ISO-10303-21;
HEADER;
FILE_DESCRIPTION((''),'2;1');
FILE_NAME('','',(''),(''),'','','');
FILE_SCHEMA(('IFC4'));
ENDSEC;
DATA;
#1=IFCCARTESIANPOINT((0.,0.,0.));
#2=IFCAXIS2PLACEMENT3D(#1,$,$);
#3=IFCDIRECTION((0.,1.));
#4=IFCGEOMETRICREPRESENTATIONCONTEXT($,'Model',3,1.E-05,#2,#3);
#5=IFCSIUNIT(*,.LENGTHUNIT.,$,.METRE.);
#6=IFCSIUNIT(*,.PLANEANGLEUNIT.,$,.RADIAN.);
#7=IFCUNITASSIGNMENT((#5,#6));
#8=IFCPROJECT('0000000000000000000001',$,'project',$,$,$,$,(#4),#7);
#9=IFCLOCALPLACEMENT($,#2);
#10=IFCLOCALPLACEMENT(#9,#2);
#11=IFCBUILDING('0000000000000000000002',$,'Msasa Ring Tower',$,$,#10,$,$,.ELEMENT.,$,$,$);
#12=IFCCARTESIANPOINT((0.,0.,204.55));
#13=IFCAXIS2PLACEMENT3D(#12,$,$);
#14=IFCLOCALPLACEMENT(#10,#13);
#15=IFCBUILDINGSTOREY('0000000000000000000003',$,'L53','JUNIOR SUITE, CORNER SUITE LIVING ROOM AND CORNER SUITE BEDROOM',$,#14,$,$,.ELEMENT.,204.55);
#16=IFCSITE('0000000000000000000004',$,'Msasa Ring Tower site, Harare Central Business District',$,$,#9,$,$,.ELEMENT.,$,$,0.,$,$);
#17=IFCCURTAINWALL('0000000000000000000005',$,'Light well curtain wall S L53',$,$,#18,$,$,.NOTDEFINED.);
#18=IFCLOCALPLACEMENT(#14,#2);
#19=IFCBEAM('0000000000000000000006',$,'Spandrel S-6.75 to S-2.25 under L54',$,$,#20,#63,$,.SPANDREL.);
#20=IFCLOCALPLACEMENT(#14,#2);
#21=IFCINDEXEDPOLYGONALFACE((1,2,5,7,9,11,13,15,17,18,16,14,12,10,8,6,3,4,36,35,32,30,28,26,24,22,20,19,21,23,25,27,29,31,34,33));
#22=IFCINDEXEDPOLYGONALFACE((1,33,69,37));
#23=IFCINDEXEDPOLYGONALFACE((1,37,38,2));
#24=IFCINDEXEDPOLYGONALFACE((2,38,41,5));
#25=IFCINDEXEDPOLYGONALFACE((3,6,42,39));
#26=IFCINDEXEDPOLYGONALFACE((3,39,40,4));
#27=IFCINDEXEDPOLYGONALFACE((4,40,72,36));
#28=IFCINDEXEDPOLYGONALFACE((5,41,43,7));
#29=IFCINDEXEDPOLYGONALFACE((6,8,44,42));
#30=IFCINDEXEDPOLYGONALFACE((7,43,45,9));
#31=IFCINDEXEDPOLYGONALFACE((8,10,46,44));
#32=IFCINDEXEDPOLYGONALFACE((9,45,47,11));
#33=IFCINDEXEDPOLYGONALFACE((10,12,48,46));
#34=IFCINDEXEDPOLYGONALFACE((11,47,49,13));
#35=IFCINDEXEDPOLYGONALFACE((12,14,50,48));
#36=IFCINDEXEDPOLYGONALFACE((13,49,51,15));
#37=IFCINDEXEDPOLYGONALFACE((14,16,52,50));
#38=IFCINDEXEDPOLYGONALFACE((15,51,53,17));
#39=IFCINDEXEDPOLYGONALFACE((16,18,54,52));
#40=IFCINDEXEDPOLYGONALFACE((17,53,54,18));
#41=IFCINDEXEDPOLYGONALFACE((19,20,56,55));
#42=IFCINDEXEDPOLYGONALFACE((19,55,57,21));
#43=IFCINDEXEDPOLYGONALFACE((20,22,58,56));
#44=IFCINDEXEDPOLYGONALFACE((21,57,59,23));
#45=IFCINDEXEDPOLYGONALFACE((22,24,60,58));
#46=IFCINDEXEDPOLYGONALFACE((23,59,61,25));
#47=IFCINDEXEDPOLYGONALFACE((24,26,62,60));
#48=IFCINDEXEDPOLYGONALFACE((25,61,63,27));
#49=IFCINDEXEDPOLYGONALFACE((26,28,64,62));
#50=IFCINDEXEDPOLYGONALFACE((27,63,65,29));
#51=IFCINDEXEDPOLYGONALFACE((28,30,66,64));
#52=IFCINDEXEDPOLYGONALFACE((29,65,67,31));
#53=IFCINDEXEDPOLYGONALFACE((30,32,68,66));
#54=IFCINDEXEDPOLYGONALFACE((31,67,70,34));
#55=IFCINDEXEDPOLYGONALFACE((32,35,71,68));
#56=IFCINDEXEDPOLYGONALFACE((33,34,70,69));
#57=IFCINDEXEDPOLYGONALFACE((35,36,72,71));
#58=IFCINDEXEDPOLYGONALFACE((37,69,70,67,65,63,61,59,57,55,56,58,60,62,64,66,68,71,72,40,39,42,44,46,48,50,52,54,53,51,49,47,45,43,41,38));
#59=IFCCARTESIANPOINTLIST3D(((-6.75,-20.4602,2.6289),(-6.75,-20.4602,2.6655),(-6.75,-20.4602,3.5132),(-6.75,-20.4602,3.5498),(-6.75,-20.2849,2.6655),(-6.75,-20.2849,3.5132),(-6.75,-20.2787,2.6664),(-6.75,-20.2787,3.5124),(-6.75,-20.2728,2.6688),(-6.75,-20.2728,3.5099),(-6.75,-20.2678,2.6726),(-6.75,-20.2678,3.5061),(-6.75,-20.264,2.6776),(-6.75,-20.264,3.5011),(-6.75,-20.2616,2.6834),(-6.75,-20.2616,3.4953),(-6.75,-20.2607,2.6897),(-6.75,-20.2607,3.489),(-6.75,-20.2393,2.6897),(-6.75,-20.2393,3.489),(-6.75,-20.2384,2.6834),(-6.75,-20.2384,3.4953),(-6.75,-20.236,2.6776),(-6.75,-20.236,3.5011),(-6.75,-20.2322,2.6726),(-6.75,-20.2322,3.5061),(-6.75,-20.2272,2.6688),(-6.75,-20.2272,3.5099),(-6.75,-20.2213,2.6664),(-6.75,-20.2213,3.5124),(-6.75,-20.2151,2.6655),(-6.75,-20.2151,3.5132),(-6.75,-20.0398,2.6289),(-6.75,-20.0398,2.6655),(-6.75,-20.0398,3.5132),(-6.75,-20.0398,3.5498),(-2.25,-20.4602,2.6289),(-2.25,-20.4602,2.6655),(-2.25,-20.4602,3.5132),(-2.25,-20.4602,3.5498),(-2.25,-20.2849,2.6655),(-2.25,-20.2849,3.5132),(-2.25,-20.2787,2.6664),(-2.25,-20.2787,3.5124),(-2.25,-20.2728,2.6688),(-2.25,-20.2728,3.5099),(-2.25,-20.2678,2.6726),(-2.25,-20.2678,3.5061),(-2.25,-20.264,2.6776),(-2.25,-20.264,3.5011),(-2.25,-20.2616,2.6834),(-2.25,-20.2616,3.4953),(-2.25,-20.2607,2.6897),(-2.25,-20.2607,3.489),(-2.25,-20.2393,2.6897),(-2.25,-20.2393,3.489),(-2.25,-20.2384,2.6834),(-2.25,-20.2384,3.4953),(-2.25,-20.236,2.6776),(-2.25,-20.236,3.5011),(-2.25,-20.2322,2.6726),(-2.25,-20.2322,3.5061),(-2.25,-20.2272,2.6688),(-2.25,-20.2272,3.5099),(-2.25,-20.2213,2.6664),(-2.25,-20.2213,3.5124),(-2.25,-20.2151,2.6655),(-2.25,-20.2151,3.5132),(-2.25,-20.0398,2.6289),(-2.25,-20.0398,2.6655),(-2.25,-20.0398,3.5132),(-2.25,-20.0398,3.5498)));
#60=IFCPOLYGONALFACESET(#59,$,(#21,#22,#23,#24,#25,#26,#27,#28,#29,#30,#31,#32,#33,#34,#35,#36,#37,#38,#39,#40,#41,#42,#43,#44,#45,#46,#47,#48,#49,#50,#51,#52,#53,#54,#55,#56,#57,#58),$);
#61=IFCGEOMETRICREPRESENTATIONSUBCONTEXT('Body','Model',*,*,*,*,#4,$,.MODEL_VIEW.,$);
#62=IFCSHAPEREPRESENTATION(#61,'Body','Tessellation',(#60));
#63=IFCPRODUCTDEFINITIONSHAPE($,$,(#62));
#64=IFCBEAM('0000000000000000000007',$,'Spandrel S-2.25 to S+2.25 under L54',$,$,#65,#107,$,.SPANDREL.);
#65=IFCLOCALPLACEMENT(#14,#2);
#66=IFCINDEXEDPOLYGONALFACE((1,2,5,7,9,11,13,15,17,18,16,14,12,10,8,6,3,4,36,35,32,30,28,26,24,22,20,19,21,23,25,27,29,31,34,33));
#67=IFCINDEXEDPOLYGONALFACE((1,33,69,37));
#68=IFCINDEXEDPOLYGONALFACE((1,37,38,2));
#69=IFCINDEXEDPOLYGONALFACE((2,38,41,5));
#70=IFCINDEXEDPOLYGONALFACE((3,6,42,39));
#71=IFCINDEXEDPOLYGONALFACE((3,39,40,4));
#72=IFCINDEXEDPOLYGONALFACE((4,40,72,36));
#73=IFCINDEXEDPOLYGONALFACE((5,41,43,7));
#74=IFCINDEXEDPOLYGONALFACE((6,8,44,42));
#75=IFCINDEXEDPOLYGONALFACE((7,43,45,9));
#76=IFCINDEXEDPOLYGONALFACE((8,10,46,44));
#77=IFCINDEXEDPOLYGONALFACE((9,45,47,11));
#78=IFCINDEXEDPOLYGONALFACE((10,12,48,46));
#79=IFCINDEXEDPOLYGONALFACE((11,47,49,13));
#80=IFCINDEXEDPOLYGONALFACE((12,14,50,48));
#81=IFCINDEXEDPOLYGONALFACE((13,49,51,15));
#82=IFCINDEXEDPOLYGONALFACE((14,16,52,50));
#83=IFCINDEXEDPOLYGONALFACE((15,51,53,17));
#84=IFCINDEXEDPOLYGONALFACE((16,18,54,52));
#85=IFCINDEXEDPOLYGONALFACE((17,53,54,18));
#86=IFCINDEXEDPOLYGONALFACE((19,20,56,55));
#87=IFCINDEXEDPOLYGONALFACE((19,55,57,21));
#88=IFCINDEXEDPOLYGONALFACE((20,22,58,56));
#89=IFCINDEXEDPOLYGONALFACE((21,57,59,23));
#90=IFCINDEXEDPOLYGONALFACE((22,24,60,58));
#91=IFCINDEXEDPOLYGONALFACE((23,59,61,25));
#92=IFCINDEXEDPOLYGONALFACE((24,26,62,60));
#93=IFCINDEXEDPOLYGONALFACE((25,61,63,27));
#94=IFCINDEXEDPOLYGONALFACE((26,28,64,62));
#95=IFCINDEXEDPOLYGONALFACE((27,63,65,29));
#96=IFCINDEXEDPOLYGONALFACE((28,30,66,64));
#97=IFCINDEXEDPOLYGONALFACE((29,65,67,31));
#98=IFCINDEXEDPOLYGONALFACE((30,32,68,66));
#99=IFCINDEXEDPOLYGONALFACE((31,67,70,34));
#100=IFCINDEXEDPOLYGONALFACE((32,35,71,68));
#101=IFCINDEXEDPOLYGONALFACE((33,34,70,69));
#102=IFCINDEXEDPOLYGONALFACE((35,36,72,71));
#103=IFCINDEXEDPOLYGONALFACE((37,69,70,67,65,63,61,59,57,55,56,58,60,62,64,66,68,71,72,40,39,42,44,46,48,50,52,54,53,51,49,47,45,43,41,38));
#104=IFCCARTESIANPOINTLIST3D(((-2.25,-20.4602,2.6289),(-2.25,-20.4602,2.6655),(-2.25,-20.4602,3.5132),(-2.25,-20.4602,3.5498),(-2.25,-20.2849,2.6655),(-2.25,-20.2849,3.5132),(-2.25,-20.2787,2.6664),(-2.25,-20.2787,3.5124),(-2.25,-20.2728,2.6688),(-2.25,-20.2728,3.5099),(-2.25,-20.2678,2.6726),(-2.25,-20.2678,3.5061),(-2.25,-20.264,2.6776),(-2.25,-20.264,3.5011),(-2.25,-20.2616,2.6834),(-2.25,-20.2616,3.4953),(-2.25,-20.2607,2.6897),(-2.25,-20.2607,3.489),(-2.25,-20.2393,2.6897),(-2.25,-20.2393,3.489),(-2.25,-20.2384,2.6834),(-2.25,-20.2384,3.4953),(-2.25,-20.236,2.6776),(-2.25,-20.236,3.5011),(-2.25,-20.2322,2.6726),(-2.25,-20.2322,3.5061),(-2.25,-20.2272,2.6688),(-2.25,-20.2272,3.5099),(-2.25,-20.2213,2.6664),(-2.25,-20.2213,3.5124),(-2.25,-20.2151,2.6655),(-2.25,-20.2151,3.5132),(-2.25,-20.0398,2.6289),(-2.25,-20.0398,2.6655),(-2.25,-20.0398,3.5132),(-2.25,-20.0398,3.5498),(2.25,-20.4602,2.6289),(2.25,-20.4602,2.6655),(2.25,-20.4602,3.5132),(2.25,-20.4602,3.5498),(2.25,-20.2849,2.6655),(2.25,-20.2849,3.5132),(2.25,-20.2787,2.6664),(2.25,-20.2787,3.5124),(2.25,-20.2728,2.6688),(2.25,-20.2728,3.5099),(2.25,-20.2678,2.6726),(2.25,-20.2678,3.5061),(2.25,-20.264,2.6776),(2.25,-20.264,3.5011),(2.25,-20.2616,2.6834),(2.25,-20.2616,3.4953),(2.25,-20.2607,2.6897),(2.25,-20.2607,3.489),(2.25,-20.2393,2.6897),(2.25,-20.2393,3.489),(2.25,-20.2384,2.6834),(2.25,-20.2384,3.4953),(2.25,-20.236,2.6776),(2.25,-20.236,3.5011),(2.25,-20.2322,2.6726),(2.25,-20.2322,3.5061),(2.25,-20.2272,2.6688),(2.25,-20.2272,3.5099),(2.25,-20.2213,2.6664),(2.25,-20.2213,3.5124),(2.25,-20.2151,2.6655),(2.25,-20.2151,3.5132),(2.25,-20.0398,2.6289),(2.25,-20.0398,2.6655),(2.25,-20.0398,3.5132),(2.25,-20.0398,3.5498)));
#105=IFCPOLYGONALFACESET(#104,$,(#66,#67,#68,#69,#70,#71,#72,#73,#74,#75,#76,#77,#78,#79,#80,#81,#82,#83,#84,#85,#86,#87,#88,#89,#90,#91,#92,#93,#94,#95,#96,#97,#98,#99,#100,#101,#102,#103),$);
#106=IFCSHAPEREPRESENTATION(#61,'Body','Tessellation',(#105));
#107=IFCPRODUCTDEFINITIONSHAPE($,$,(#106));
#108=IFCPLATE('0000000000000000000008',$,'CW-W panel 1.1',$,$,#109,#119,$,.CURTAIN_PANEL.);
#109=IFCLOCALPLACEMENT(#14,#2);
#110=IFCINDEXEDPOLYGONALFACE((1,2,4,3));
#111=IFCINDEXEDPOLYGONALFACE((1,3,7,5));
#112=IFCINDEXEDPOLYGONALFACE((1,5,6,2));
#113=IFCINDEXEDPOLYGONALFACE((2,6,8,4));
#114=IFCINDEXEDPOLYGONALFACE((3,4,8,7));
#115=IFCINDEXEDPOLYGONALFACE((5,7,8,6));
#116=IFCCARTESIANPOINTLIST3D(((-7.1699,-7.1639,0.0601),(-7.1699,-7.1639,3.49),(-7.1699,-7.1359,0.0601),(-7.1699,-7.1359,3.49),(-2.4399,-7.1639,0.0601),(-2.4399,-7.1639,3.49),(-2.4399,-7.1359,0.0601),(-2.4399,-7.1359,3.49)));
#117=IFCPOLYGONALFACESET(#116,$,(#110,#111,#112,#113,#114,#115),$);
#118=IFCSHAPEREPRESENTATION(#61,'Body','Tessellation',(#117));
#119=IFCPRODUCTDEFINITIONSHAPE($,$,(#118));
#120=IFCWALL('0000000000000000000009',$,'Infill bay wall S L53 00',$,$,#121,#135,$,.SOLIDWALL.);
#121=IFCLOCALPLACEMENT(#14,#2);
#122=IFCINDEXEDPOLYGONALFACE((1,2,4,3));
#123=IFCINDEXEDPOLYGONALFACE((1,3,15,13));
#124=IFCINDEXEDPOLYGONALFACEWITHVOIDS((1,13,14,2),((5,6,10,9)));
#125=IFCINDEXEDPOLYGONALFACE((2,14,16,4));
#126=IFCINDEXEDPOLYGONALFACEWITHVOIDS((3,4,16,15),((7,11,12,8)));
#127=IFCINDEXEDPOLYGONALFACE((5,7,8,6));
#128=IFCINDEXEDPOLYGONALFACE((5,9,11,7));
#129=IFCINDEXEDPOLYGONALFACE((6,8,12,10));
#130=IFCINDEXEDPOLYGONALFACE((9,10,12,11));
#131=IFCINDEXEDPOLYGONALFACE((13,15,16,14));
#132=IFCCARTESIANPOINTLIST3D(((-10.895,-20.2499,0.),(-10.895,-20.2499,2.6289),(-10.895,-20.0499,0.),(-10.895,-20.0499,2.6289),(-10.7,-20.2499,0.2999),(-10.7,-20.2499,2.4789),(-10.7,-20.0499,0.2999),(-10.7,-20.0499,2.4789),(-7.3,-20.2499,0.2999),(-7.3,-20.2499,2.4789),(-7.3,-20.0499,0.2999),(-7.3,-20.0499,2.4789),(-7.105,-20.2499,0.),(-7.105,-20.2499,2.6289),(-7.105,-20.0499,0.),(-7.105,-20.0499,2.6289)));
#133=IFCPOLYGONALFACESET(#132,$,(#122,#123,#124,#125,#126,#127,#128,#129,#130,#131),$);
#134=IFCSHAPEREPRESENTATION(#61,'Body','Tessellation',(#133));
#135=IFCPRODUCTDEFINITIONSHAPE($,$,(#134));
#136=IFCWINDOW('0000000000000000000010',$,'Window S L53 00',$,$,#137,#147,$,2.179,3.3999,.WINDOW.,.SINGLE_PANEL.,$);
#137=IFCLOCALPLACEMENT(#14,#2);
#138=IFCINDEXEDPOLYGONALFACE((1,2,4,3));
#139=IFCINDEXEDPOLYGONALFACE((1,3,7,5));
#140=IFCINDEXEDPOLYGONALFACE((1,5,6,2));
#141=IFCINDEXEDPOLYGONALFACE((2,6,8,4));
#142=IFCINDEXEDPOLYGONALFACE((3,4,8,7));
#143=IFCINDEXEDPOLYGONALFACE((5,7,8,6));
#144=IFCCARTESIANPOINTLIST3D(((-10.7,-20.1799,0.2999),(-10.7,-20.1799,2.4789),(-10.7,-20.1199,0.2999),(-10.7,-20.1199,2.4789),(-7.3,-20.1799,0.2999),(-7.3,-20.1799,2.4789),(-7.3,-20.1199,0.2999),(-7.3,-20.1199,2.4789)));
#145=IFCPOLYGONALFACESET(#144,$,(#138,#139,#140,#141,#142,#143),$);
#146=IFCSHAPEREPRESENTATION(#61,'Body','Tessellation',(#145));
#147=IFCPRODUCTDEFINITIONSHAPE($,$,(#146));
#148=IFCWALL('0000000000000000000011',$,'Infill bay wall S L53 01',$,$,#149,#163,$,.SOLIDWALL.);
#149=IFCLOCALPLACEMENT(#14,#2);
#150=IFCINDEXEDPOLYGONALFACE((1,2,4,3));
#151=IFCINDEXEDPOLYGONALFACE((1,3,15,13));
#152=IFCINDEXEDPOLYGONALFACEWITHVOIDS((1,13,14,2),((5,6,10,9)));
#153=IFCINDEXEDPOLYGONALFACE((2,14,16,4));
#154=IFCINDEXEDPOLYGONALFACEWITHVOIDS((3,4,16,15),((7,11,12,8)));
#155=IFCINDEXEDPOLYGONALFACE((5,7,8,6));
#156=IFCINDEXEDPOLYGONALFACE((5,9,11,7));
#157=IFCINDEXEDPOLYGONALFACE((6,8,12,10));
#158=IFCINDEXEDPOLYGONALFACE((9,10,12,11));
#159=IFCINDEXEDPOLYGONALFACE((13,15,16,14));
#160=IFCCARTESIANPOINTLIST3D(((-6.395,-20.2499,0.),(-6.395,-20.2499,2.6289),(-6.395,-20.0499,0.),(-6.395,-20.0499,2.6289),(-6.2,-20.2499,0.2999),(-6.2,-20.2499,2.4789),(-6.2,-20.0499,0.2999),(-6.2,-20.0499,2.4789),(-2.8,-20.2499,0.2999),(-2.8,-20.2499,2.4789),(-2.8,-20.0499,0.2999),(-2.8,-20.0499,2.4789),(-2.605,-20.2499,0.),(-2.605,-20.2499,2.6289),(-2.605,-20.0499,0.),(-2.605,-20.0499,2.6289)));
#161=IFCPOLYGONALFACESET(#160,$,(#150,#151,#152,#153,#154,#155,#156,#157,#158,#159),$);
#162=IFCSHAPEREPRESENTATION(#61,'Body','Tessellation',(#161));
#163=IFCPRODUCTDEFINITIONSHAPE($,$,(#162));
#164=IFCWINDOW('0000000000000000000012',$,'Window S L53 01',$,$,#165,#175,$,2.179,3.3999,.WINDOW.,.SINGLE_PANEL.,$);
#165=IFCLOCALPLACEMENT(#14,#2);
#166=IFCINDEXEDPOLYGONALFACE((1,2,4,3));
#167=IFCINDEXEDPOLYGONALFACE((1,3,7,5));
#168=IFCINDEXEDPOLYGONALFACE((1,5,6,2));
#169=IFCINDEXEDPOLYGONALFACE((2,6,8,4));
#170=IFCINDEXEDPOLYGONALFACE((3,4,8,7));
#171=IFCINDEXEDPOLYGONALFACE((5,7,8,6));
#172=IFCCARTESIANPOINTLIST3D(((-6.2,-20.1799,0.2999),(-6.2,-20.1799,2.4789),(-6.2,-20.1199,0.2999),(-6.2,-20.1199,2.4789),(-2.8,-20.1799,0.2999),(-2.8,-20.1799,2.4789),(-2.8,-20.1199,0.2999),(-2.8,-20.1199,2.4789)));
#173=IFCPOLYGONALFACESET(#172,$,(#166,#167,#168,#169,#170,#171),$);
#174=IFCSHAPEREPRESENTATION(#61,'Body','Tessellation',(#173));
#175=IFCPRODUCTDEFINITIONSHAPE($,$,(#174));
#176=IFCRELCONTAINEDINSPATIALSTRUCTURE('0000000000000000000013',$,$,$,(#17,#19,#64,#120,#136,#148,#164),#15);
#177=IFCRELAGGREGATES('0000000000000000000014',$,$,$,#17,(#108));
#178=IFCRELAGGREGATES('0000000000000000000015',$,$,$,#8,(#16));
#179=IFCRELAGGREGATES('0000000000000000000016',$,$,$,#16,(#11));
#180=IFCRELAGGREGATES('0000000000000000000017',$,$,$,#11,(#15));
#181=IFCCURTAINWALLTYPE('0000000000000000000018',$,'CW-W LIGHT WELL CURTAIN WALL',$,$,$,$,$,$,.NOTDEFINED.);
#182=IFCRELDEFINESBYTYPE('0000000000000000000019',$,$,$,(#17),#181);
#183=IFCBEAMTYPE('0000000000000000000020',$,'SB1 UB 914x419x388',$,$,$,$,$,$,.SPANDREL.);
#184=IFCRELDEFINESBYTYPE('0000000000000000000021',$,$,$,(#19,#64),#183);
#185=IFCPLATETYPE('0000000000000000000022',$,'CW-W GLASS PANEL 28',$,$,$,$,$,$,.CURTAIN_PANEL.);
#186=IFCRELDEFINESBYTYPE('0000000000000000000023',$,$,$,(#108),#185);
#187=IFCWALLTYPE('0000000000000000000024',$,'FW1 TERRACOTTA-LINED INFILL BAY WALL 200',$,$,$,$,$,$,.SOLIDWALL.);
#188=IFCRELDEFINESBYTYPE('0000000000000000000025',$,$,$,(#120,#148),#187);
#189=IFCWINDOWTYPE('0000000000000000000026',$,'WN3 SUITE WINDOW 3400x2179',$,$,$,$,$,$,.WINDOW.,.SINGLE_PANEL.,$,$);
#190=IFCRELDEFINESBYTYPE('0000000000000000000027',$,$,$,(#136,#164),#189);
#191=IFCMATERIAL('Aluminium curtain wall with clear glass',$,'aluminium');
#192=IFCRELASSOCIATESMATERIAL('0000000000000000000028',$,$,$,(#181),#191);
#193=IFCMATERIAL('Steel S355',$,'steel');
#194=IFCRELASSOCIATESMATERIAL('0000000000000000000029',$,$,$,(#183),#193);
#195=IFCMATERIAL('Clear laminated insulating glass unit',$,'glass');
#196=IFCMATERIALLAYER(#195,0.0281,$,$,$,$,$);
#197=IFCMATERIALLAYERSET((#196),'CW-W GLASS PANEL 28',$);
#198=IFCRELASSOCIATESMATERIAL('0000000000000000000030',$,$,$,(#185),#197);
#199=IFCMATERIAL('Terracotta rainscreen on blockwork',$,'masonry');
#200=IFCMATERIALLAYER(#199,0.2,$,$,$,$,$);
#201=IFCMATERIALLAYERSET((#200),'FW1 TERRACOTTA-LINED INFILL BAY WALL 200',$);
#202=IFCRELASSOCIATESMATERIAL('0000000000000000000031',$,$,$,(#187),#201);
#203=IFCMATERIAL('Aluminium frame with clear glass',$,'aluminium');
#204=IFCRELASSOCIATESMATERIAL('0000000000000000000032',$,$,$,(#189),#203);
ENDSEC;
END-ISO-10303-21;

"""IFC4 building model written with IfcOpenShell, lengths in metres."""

from ifc_helpers import new_model, si_unit, direction, frame, frame_2d, origin, origin_2d, place, context, subcontext, project, spatial, rectangle, i_section, extrude, material, layer, layer_set, material_profile, profile_set, type_object, element, fill, aggregate, save


model = new_model("IFC4")

# Units and contexts
model_context = context("Model", 3, precision=1e-05, world=origin(), true_north=direction((0.0, 1.0)))
body_context = subcontext(model_context, "Body", "Model", "MODEL_VIEW")
ifc_project = project(units=[si_unit("LENGTHUNIT", "METRE"), si_unit("PLANEANGLEUNIT", "RADIAN")], contexts=[model_context])

# Site, building, storey
site_placement = place(None, origin())
site = spatial("IfcSite", under=ifc_project, at=site_placement, Name="Msasa Ring Tower site, Harare Central Business District", CompositionType="ELEMENT", RefElevation=0.0)
building_placement = place(site_placement, origin())
building = spatial("IfcBuilding", under=site, at=building_placement, Name="Msasa Ring Tower", CompositionType="ELEMENT")
storey_placement = place(building_placement, frame((0.0, 0.0, 204.55)))
storey = spatial("IfcBuildingStorey", under=building, at=storey_placement, Name="L53", Description="JUNIOR SUITE, CORNER SUITE LIVING ROOM AND CORNER SUITE BEDROOM", CompositionType="ELEMENT", Elevation=204.55)

# Curtain wall
ifc_material_1 = material(Name="Aluminium curtain wall with clear glass", Category="aluminium")
curtain_wall_type = type_object("IfcCurtainWallType", Name="CW-W LIGHT WELL CURTAIN WALL", PredefinedType="NOTDEFINED", material=ifc_material_1)
curtain_wall_placement = place(storey_placement, origin())
curtain_wall = element("IfcCurtainWall", 1, at=curtain_wall_placement, inside=storey, type_object=curtain_wall_type, Name="Light well curtain wall S L53", PredefinedType="NOTDEFINED")

# Beams
ifc_material_2 = material(Name="Steel S355", Category="steel")
ifc_material_profile_1 = material_profile(ifc_material_2, i_section(OverallWidth=0.4204, OverallDepth=0.9209, WebThickness=0.0215, FlangeThickness=0.0366, FilletRadius=0.0242, at=origin_2d()), Name="UB 914x419x388")
ifc_profile_set_1 = profile_set([ifc_material_profile_1], Name="Steel S355")
beam_type_1 = type_object("IfcBeamType", Name="SB1 UB 914x419x388", PredefinedType="SPANDREL", material=ifc_profile_set_1)
for number, where, z_axis, x_axis, name in (
    (2, (-6.75, -20.25, 3.0894), (1.0, 0.0, 0.0), (0.0, 1.0, 0.0), "Spandrel S-6.75 to S-2.25 under L54"),
    (3, (-2.25, -20.25, 3.0894), (1.0, 0.0, 0.0), (0.0, 1.0, 0.0), "Spandrel S-2.25 to S+2.25 under L54"),
):
    element("IfcBeam", number, at=place(storey_placement, frame(where, z_axis=z_axis, x_axis=x_axis)), inside=storey, type_object=beam_type_1, Name=name, PredefinedType="SPANDREL", context=body_context, shape_type="SweptSolid", body=[
        extrude(i_section(OverallWidth=0.4204, OverallDepth=0.9209, WebThickness=0.0215, FlangeThickness=0.0366, FilletRadius=0.0242, at=origin_2d()), origin(), (0.0, 0.0, 1.0), 4.5),
    ])

# Plate
ifc_material_3 = material(Name="Clear laminated insulating glass unit", Category="glass")
ifc_layer_1 = layer(ifc_material_3, 0.0281)
ifc_layer_set_1 = layer_set([ifc_layer_1], Name="CW-W GLASS PANEL 28")
plate_type = type_object("IfcPlateType", Name="CW-W GLASS PANEL 28", PredefinedType="CURTAIN_PANEL", material=ifc_layer_set_1)
plate_placement = place(storey_placement, frame((-4.8049, -7.1499, 0.0601), z_axis=(0.0, 0.0, 1.0), x_axis=(1.0, 0.0, 0.0)))
plate = element("IfcPlate", 4, at=plate_placement, type_object=plate_type, Name="CW-W panel 1.1", PredefinedType="CURTAIN_PANEL", context=body_context, shape_type="SweptSolid", body=[
    extrude(rectangle(XDim=4.73, YDim=0.0281, at=origin_2d()), origin(), (0.0, 0.0, 1.0), 3.4299),
])
aggregate(curtain_wall, [plate])

# Walls, openings, windows
ifc_material_4 = material(Name="Terracotta rainscreen on blockwork", Category="masonry")
ifc_layer_2 = layer(ifc_material_4, 0.2)
ifc_layer_set_2 = layer_set([ifc_layer_2], Name="FW1 TERRACOTTA-LINED INFILL BAY WALL 200")
wall_type_1 = type_object("IfcWallType", Name="FW1 TERRACOTTA-LINED INFILL BAY WALL 200", PredefinedType="SOLIDWALL", material=ifc_layer_set_2)
wall_1_placement = place(storey_placement, frame((-10.895, -20.1499, 0.0), z_axis=(0.0, 0.0, 1.0), x_axis=(1.0, 0.0, 0.0)))
wall_1 = element("IfcWall", 5, at=wall_1_placement, inside=storey, type_object=wall_type_1, Name="Infill bay wall S L53 00", PredefinedType="SOLIDWALL", context=body_context, shape_type="SweptSolid", body=[
    extrude(rectangle(XDim=3.79, YDim=0.2, at=frame_2d((1.895, 0.0))), origin(), (0.0, 0.0, 1.0), 2.6289),
])
opening_1_placement = place(wall_1_placement, frame((0.1951, 0.0, 0.3)))
opening_1 = element("IfcOpeningElement", 6, at=opening_1_placement, cuts=wall_1, PredefinedType="OPENING", context=body_context, shape_type="SweptSolid", body=[
    extrude(rectangle(XDim=3.3999, YDim=2.179, at=frame_2d((1.7, 1.0894))), frame((0.0, 0.1099, 0.0), z_axis=(0.0, -1.0, 0.0), x_axis=(1.0, 0.0, 0.0)), (0.0, 0.0, 1.0), 0.22),
])
ifc_material_5 = material(Name="Aluminium frame with clear glass", Category="aluminium")
window_type = type_object("IfcWindowType", Name="WN3 SUITE WINDOW 3400x2179", PartitioningType="SINGLE_PANEL", PredefinedType="WINDOW", material=ifc_material_5)
window_1_placement = place(opening_1_placement, origin())
window_1 = element("IfcWindow", 7, at=window_1_placement, inside=storey, type_object=window_type, Name="Window S L53 00", OverallHeight=2.179, OverallWidth=3.3999, PartitioningType="SINGLE_PANEL", PredefinedType="WINDOW", context=body_context, shape_type="SweptSolid", body=[
    extrude(rectangle(XDim=3.3999, YDim=2.179, at=frame_2d((1.7, 1.0894))), frame((0.0, 0.03, 0.0), z_axis=(0.0, -1.0, 0.0), x_axis=(1.0, 0.0, 0.0)), (0.0, 0.0, 1.0), 0.0601),
])
fill(opening_1, window_1)
wall_2_placement = place(storey_placement, frame((-6.395, -20.1499, 0.0), z_axis=(0.0, 0.0, 1.0), x_axis=(1.0, 0.0, 0.0)))
wall_2 = element("IfcWall", 8, at=wall_2_placement, inside=storey, type_object=wall_type_1, Name="Infill bay wall S L53 01", PredefinedType="SOLIDWALL", context=body_context, shape_type="SweptSolid", body=[
    extrude(rectangle(XDim=3.79, YDim=0.2, at=frame_2d((1.895, 0.0))), origin(), (0.0, 0.0, 1.0), 2.6289),
])
opening_2_placement = place(wall_2_placement, frame((0.1951, 0.0, 0.3)))
opening_2 = element("IfcOpeningElement", 9, at=opening_2_placement, cuts=wall_2, PredefinedType="OPENING", context=body_context, shape_type="SweptSolid", body=[
    extrude(rectangle(XDim=3.3999, YDim=2.179, at=frame_2d((1.7, 1.0894))), frame((0.0, 0.1099, 0.0), z_axis=(0.0, -1.0, 0.0), x_axis=(1.0, 0.0, 0.0)), (0.0, 0.0, 1.0), 0.22),
])
window_2_placement = place(opening_2_placement, origin())
window_2 = element("IfcWindow", 10, at=window_2_placement, inside=storey, type_object=window_type, Name="Window S L53 01", OverallHeight=2.179, OverallWidth=3.3999, PartitioningType="SINGLE_PANEL", PredefinedType="WINDOW", context=body_context, shape_type="SweptSolid", body=[
    extrude(rectangle(XDim=3.3999, YDim=2.179, at=frame_2d((1.7, 1.0894))), frame((0.0, 0.03, 0.0), z_axis=(0.0, -1.0, 0.0), x_axis=(1.0, 0.0, 0.0)), (0.0, 0.0, 1.0), 0.0601),
])
fill(opening_2, window_2)

save(model, "model.ifc")
